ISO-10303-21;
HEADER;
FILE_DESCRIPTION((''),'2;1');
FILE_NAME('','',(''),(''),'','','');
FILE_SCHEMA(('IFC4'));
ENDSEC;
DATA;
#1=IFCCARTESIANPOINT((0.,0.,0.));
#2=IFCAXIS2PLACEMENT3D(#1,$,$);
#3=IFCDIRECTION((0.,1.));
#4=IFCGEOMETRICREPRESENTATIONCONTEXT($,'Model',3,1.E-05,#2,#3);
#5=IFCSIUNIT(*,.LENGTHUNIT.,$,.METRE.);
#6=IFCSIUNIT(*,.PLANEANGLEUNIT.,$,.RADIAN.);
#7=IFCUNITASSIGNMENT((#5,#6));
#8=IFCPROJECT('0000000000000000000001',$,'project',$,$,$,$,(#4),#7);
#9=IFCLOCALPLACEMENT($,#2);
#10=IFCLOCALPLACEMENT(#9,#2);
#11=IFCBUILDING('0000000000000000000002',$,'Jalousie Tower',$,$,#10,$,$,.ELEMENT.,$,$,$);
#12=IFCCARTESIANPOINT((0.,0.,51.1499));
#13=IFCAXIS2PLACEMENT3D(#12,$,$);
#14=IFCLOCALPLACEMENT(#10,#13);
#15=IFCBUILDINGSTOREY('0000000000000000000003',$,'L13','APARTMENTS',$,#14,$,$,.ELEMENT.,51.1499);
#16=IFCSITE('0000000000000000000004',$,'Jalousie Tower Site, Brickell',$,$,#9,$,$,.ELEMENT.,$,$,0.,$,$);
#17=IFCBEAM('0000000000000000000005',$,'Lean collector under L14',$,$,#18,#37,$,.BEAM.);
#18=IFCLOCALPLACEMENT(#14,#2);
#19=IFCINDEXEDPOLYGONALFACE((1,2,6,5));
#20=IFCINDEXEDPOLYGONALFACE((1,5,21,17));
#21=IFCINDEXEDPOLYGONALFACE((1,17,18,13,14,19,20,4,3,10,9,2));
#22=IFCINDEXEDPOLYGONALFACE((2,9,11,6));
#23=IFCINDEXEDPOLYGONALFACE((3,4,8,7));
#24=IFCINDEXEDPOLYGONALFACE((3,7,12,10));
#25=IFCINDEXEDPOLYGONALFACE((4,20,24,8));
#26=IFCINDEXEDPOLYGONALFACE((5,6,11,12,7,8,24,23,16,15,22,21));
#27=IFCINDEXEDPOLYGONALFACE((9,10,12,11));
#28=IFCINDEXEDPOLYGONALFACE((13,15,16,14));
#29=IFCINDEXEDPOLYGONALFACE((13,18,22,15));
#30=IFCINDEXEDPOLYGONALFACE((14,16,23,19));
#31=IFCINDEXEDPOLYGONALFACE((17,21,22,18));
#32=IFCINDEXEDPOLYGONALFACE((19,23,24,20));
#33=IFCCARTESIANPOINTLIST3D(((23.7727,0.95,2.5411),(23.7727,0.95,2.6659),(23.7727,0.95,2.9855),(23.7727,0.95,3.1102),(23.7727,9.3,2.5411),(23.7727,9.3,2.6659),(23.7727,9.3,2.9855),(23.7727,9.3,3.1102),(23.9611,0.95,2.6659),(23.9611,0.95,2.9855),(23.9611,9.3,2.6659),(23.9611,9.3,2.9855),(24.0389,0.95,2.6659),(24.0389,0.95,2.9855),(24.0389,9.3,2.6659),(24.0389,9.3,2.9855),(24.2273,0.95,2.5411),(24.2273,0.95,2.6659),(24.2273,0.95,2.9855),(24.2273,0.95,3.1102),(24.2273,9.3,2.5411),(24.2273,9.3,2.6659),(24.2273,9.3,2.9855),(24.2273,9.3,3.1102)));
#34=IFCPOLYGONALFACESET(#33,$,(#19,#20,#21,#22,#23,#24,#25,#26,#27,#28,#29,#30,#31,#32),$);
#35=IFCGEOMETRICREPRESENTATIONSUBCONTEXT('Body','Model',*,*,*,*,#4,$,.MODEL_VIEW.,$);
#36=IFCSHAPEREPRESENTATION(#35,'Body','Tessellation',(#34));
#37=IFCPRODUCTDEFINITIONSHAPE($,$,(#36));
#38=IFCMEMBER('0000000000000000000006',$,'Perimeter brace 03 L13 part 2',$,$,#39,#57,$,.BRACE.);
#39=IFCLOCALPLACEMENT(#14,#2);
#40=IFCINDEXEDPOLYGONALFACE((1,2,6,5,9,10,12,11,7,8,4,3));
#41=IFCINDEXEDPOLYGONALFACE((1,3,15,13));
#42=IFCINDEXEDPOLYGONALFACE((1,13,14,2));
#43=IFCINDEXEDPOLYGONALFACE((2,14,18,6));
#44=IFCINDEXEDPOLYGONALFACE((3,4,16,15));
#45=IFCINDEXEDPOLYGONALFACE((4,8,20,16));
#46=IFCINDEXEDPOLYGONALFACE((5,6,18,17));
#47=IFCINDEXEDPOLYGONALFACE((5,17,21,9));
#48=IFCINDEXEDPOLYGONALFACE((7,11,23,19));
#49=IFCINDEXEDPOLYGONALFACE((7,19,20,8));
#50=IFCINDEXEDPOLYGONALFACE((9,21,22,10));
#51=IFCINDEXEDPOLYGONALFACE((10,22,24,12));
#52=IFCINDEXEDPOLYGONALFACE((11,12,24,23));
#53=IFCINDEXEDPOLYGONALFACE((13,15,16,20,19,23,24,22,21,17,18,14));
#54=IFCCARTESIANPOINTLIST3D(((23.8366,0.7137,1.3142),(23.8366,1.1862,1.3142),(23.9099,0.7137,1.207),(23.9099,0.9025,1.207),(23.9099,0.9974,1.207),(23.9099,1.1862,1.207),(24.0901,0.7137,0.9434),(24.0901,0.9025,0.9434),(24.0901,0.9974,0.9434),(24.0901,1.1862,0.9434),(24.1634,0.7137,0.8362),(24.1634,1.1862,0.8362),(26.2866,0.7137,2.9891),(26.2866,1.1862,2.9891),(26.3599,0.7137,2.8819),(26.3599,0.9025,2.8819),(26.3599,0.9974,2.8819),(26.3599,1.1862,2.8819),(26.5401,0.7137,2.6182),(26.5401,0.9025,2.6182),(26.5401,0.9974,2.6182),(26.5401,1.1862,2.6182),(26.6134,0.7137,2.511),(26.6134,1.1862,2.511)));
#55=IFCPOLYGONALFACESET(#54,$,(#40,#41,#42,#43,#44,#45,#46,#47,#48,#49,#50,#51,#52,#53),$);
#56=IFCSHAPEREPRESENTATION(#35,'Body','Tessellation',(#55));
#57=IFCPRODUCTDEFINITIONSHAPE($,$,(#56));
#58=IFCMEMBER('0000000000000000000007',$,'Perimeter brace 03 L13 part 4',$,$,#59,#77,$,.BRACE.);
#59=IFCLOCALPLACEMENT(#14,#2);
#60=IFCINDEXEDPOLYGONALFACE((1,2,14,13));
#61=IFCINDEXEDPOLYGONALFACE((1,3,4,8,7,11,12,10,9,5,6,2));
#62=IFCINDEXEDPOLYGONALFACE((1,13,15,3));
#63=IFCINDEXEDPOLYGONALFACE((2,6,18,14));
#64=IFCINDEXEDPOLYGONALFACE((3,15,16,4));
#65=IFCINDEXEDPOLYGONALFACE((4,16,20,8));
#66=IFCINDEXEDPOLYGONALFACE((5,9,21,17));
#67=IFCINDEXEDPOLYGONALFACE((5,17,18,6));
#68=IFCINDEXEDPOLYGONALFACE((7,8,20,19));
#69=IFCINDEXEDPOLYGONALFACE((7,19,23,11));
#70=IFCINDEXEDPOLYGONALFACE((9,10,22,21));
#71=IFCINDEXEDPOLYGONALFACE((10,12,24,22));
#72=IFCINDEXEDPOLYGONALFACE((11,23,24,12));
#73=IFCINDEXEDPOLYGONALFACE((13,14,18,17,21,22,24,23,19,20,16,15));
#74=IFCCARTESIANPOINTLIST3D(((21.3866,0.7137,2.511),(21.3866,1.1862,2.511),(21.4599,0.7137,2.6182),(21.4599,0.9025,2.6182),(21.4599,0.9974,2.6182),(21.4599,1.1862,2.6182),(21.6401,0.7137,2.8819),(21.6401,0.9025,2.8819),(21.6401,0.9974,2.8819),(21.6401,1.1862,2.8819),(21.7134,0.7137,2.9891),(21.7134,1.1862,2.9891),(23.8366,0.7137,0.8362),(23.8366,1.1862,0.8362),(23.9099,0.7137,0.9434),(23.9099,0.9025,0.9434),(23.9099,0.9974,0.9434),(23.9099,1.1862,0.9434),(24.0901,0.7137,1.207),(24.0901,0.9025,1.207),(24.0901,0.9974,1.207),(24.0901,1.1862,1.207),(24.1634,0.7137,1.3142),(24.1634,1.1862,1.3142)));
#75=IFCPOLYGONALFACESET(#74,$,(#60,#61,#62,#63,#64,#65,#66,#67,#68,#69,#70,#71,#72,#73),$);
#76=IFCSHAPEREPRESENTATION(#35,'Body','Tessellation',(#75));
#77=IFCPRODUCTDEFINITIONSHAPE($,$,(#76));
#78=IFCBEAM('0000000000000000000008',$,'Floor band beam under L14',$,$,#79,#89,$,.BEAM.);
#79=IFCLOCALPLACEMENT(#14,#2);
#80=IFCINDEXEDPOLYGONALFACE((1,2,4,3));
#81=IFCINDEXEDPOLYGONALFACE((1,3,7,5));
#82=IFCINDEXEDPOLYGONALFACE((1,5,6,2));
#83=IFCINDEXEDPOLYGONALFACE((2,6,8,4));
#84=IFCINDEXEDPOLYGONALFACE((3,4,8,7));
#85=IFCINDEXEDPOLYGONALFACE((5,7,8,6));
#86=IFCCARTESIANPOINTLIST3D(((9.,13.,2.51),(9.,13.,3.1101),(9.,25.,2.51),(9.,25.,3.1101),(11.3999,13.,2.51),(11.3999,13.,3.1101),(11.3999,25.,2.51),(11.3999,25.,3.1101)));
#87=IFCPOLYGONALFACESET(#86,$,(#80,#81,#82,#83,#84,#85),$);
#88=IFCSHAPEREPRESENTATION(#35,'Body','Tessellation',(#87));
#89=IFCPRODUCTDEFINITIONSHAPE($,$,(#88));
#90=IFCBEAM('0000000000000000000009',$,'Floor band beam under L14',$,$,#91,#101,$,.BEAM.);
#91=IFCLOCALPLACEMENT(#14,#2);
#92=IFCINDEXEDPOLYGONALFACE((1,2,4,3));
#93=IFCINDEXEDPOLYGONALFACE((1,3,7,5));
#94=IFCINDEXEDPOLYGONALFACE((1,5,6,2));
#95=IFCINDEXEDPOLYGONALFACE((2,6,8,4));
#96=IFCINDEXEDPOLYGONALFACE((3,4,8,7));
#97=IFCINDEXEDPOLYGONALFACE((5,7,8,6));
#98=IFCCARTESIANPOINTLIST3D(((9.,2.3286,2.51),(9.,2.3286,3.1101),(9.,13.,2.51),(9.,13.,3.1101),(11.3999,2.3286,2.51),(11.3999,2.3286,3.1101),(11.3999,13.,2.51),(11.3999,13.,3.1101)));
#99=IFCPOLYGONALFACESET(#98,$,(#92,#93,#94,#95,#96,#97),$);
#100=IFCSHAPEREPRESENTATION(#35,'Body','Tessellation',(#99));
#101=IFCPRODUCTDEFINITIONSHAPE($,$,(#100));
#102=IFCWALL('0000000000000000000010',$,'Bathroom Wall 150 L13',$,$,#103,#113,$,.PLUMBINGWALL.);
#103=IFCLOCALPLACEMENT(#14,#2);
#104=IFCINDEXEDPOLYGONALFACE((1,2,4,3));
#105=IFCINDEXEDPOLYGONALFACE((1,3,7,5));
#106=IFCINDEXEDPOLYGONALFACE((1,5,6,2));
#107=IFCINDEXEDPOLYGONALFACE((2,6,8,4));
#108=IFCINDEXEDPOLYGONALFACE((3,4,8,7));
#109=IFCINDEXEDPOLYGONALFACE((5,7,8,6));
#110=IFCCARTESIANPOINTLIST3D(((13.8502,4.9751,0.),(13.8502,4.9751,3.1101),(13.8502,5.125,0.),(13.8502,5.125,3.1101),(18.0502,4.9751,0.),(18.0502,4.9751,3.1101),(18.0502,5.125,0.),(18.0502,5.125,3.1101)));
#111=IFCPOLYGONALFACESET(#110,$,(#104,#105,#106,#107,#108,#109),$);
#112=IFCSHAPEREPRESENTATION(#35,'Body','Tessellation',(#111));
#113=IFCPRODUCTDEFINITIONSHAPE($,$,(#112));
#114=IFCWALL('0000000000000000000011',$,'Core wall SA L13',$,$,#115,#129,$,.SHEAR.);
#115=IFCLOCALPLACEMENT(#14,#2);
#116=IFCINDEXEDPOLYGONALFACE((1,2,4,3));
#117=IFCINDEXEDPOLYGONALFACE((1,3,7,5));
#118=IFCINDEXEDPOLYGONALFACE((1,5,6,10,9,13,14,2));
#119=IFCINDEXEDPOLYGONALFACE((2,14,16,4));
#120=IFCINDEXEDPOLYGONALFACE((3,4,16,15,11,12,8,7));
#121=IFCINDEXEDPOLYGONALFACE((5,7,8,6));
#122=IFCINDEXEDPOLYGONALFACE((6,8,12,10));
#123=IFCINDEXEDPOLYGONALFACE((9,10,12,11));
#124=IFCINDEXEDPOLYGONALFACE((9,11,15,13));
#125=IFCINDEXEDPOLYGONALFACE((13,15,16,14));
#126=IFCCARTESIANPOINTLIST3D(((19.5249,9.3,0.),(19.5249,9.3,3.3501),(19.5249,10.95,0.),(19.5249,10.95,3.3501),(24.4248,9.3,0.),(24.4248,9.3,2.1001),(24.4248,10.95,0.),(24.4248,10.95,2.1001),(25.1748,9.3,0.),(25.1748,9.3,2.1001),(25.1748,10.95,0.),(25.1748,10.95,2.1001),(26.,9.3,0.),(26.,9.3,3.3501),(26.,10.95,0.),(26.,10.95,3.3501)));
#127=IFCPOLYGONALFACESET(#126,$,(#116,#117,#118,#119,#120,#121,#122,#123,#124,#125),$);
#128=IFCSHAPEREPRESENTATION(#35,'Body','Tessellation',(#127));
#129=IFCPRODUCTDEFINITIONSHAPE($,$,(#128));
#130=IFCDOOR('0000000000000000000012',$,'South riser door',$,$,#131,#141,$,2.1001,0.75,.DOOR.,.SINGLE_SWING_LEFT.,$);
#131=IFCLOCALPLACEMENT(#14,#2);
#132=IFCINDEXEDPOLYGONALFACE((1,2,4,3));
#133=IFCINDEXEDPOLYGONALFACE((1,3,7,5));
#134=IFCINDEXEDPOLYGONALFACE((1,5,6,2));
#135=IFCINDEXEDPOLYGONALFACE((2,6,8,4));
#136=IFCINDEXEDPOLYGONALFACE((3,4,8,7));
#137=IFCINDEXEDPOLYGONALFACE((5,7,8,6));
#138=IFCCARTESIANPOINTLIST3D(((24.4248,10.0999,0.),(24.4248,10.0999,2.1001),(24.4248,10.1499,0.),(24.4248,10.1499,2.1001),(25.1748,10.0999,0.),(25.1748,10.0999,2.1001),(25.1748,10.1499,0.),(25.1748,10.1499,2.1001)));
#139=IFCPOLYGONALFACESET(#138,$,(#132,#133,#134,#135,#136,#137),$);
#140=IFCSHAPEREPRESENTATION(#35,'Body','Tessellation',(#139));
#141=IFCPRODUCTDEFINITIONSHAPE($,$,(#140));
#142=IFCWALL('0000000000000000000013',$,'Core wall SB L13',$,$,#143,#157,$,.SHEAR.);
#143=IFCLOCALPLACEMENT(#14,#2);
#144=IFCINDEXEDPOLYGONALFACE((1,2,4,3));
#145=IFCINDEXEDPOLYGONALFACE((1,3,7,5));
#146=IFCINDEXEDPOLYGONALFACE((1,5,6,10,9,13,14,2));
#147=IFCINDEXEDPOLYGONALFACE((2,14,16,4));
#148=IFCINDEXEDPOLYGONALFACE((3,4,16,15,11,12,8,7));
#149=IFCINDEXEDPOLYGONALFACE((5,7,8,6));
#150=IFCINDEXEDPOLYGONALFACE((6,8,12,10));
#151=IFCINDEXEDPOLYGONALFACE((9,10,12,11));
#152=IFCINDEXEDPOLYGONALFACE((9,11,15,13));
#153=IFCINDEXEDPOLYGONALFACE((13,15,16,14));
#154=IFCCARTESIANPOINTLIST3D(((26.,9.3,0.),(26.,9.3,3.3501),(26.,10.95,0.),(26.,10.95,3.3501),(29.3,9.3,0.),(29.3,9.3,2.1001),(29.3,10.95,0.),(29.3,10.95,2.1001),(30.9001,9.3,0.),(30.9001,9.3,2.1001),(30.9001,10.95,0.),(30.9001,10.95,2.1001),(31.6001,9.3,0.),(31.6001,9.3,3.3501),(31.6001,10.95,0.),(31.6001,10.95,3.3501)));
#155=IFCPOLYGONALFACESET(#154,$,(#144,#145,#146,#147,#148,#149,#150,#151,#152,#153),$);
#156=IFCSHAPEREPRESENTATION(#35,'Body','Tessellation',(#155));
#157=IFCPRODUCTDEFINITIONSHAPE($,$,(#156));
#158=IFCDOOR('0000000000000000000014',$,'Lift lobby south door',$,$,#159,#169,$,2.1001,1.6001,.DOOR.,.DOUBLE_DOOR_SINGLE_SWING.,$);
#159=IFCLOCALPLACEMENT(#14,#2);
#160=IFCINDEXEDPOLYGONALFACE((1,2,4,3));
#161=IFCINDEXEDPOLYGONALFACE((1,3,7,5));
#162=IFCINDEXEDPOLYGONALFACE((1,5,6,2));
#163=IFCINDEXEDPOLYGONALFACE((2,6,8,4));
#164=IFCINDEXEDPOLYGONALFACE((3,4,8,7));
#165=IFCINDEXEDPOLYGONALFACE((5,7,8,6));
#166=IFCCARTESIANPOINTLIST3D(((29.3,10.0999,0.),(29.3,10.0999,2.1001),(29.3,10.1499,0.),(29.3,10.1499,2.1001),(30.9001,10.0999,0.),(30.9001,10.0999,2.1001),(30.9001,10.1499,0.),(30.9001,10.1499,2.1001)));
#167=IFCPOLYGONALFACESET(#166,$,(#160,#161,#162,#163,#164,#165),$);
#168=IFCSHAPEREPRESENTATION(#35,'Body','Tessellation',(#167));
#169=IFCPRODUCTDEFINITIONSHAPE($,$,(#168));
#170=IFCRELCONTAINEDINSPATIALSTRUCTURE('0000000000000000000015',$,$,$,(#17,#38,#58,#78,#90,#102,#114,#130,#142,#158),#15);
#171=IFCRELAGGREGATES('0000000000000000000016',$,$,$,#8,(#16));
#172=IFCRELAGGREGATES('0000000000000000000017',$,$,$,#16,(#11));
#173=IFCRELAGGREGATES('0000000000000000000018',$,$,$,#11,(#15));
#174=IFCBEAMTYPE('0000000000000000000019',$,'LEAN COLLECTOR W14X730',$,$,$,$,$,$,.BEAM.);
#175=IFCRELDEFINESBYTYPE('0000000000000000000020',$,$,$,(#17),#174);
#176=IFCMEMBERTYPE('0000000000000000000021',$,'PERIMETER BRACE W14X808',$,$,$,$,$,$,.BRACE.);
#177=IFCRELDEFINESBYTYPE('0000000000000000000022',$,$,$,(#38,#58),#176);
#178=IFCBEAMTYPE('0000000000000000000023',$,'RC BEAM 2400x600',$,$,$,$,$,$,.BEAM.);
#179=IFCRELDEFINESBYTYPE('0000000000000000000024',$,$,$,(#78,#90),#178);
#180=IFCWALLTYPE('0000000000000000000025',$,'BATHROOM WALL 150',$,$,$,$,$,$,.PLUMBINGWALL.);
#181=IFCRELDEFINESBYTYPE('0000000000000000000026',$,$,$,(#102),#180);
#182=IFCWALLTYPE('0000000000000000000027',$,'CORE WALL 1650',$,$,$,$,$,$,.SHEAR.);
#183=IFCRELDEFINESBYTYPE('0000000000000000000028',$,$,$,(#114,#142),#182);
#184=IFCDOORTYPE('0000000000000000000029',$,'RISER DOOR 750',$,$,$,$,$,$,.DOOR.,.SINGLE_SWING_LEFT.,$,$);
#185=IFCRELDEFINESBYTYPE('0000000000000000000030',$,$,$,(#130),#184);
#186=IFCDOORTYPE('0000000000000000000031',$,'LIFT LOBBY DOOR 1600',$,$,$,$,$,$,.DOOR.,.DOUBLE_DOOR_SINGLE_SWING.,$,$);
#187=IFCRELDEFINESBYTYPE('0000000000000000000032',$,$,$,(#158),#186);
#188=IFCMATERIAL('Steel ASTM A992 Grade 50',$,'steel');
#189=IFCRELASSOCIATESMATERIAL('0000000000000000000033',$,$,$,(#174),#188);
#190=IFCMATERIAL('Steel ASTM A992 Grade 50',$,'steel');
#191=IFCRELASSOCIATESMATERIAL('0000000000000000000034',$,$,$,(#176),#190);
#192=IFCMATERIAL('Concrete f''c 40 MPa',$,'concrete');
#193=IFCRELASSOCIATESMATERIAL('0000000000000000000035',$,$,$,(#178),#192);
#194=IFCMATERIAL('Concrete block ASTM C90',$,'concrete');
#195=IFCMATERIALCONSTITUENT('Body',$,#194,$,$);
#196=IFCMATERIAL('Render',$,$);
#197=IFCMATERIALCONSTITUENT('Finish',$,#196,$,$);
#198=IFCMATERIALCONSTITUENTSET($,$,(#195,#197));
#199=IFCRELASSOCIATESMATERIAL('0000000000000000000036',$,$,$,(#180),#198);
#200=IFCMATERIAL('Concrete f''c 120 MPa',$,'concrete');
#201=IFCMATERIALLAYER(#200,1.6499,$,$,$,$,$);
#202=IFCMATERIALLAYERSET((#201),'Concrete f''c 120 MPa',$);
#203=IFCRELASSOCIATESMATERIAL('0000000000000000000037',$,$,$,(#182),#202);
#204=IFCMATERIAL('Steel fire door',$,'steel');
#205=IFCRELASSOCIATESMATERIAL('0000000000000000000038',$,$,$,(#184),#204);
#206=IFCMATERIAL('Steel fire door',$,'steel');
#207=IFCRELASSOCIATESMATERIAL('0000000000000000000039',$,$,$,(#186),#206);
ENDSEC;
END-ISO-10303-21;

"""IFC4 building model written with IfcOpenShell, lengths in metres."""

from ifc_helpers import new_model, si_unit, direction, frame, frame_2d, origin, origin_2d, place, context, subcontext, project, spatial, rectangle, i_section, extrude, material, layer, layer_set, constituent, constituent_set, material_profile, profile_set, type_object, element, fill, save


model = new_model("IFC4")

# Units and contexts
model_context = context("Model", 3, precision=1e-05, world=origin(), true_north=direction((0.0, 1.0)))
body_context = subcontext(model_context, "Body", "Model", "MODEL_VIEW")
ifc_project = project(units=[si_unit("LENGTHUNIT", "METRE"), si_unit("PLANEANGLEUNIT", "RADIAN")], contexts=[model_context])

# Site, building, storey
site_placement = place(None, origin())
site = spatial("IfcSite", under=ifc_project, at=site_placement, Name="Jalousie Tower Site, Brickell", CompositionType="ELEMENT", RefElevation=0.0)
building_placement = place(site_placement, origin())
building = spatial("IfcBuilding", under=site, at=building_placement, Name="Jalousie Tower", CompositionType="ELEMENT")
storey_placement = place(building_placement, frame((0.0, 0.0, 51.1499)))
storey = spatial("IfcBuildingStorey", under=building, at=storey_placement, Name="L13", Description="APARTMENTS", CompositionType="ELEMENT", Elevation=51.1499)

# Beam
ifc_material_1 = material(Name="Steel ASTM A992 Grade 50", Category="steel")
ifc_material_profile_1 = material_profile(ifc_material_1, i_section(OverallWidth=0.4546, OverallDepth=0.5691, WebThickness=0.0779, FlangeThickness=0.1248, at=origin_2d()), Name="W14X730")
ifc_profile_set_1 = profile_set([ifc_material_profile_1], Name="Steel ASTM A992 Grade 50")
beam_type_1 = type_object("IfcBeamType", Name="LEAN COLLECTOR W14X730", PredefinedType="BEAM", material=ifc_profile_set_1)
beam_1_placement = place(storey_placement, frame((24.0, 0.95, 2.8257), z_axis=(0.0, 1.0, 0.0), x_axis=(-1.0, 0.0, 0.0)))
element("IfcBeam", 1, at=beam_1_placement, inside=storey, type_object=beam_type_1, Name="Lean collector under L14", PredefinedType="BEAM", context=body_context, shape_type="SweptSolid", body=[
    extrude(i_section(OverallWidth=0.4546, OverallDepth=0.5691, WebThickness=0.0779, FlangeThickness=0.1248, at=origin_2d()), origin(), (0.0, 0.0, 1.0), 8.3501),
])

# Members
ifc_material_2 = material(Name="Steel ASTM A992 Grade 50", Category="steel")
ifc_material_profile_2 = material_profile(ifc_material_2, i_section(OverallWidth=0.4724, OverallDepth=0.5791, WebThickness=0.095, FlangeThickness=0.1299, at=origin_2d()), Name="W14X808")
ifc_profile_set_2 = profile_set([ifc_material_profile_2], Name="Steel ASTM A992 Grade 50")
member_type = type_object("IfcMemberType", Name="PERIMETER BRACE W14X808", PredefinedType="BRACE", material=ifc_profile_set_2)
for number, where, z_axis, x_axis, name in (
    (2, (24.0, 0.95, 1.0752), (0.825539, 0.0, 0.564345), (0.0, 1.0, 0.0), "Perimeter brace 03 L13 part 2"),
    (3, (24.0, 0.95, 1.0752), (-0.825539, 0.0, 0.564345), (0.0, -1.0, 0.0), "Perimeter brace 03 L13 part 4"),
):
    element("IfcMember", number, at=place(storey_placement, frame(where, z_axis=z_axis, x_axis=x_axis)), inside=storey, type_object=member_type, Name=name, PredefinedType="BRACE", context=body_context, shape_type="SweptSolid", body=[
        extrude(i_section(OverallWidth=0.4724, OverallDepth=0.5791, WebThickness=0.095, FlangeThickness=0.1299, at=origin_2d()), origin(), (0.0, 0.0, 1.0), 2.9678),
    ])

# Beams
ifc_material_3 = material(Name="Concrete f'c 40 MPa", Category="concrete")
ifc_material_profile_3 = material_profile(ifc_material_3, rectangle(XDim=2.3999, YDim=0.6001, at=origin_2d()), Name="RC 2400x600")
ifc_profile_set_3 = profile_set([ifc_material_profile_3], Name="Concrete f'c 40 MPa")
beam_type_2 = type_object("IfcBeamType", Name="RC BEAM 2400x600", PredefinedType="BEAM", material=ifc_profile_set_3)
beam_2_placement = place(storey_placement, frame((10.2, 13.0, 2.8101), z_axis=(0.0, 1.0, 0.0), x_axis=(-1.0, 0.0, 0.0)))
element("IfcBeam", 4, at=beam_2_placement, inside=storey, type_object=beam_type_2, Name="Floor band beam under L14", PredefinedType="BEAM", context=body_context, shape_type="SweptSolid", body=[
    extrude(rectangle(XDim=2.3999, YDim=0.6001, at=origin_2d()), origin(), (0.0, 0.0, 1.0), 12.0),
])
beam_3_placement = place(storey_placement, frame((10.2, 13.0, 2.8101), z_axis=(0.0, -1.0, 0.0), x_axis=(1.0, 0.0, 0.0)))
element("IfcBeam", 5, at=beam_3_placement, inside=storey, type_object=beam_type_2, Name="Floor band beam under L14", PredefinedType="BEAM", context=body_context, shape_type="SweptSolid", body=[
    extrude(rectangle(XDim=2.3999, YDim=0.6001, at=origin_2d()), origin(), (0.0, 0.0, 1.0), 10.6714),
])

# Wall
ifc_material_4 = material(Name="Concrete block ASTM C90", Category="concrete")
ifc_constituent_1 = constituent(ifc_material_4, Name="Body")
ifc_material_5 = material(Name="Render")
ifc_constituent_2 = constituent(ifc_material_5, Name="Finish")
ifc_constituent_set_1 = constituent_set(constituents=[ifc_constituent_1, ifc_constituent_2])
wall_type_1 = type_object("IfcWallType", Name="BATHROOM WALL 150", PredefinedType="PLUMBINGWALL", material=ifc_constituent_set_1)
wall_1_placement = place(storey_placement, frame((13.8501, 5.05, 0.0), z_axis=(0.0, 0.0, 1.0), x_axis=(1.0, 0.0, 0.0)))
element("IfcWall", 6, at=wall_1_placement, inside=storey, type_object=wall_type_1, Name="Bathroom Wall 150 L13", PredefinedType="PLUMBINGWALL", context=body_context, shape_type="SweptSolid", body=[
    extrude(rectangle(XDim=4.2, YDim=0.1499, at=frame_2d((2.1001, 0.0))), origin(), (0.0, 0.0, 1.0), 3.1101),
])

# Walls, openings, doors
ifc_material_6 = material(Name="Concrete f'c 120 MPa", Category="concrete")
ifc_layer_1 = layer(ifc_material_6, 1.6499)
ifc_layer_set_1 = layer_set([ifc_layer_1], Name="Concrete f'c 120 MPa")
wall_type_2 = type_object("IfcWallType", Name="CORE WALL 1650", PredefinedType="SHEAR", material=ifc_layer_set_1)
wall_2_placement = place(storey_placement, frame((19.5249, 10.125, 0.0), z_axis=(0.0, 0.0, 1.0), x_axis=(1.0, 0.0, 0.0)))
wall_2 = element("IfcWall", 7, at=wall_2_placement, inside=storey, type_object=wall_type_2, Name="Core wall SA L13", PredefinedType="SHEAR", context=body_context, shape_type="SweptSolid", body=[
    extrude(rectangle(XDim=6.4751, YDim=1.6499, at=frame_2d((3.2375, 0.0))), origin(), (0.0, 0.0, 1.0), 3.3501),
])
opening_1_placement = place(wall_2_placement, frame((4.8999, 0.0, 0.0)))
opening_1 = element("IfcOpeningElement", 8, at=opening_1_placement, cuts=wall_2, PredefinedType="OPENING", context=body_context, shape_type="SweptSolid", body=[
    extrude(rectangle(XDim=0.75, YDim=2.1001, at=frame_2d((0.375, 1.05))), frame((0.0, 0.835, 0.0), z_axis=(0.0, -1.0, 0.0), x_axis=(1.0, 0.0, 0.0)), (0.0, 0.0, 1.0), 1.6699),
])
ifc_material_7 = material(Name="Steel fire door", Category="steel")
door_type_1 = type_object("IfcDoorType", Name="RISER DOOR 750", OperationType="SINGLE_SWING_LEFT", PredefinedType="DOOR", material=ifc_material_7)
door_1_placement = place(opening_1_placement, origin())
door_1 = element("IfcDoor", 9, at=door_1_placement, inside=storey, type_object=door_type_1, Name="South riser door", OperationType="SINGLE_SWING_LEFT", OverallHeight=2.1001, OverallWidth=0.75, PredefinedType="DOOR", context=body_context, shape_type="SweptSolid", body=[
    extrude(rectangle(XDim=0.75, YDim=2.1001, at=frame_2d((0.375, 1.05))), frame((0.0, 0.0249, 0.0), z_axis=(0.0, -1.0, 0.0), x_axis=(1.0, 0.0, 0.0)), (0.0, 0.0, 1.0), 0.05),
])
fill(opening_1, door_1)
wall_3_placement = place(storey_placement, frame((26.0, 10.125, 0.0), z_axis=(0.0, 0.0, 1.0), x_axis=(1.0, 0.0, 0.0)))
wall_3 = element("IfcWall", 10, at=wall_3_placement, inside=storey, type_object=wall_type_2, Name="Core wall SB L13", PredefinedType="SHEAR", context=body_context, shape_type="SweptSolid", body=[
    extrude(rectangle(XDim=5.6001, YDim=1.6499, at=frame_2d((2.8, 0.0))), origin(), (0.0, 0.0, 1.0), 3.3501),
])
opening_2_placement = place(wall_3_placement, frame((3.3, 0.0, 0.0)))
opening_2 = element("IfcOpeningElement", 11, at=opening_2_placement, cuts=wall_3, PredefinedType="OPENING", context=body_context, shape_type="SweptSolid", body=[
    extrude(rectangle(XDim=1.6001, YDim=2.1001, at=frame_2d((0.8, 1.05))), frame((0.0, 0.835, 0.0), z_axis=(0.0, -1.0, 0.0), x_axis=(1.0, 0.0, 0.0)), (0.0, 0.0, 1.0), 1.6699),
])
ifc_material_8 = material(Name="Steel fire door", Category="steel")
door_type_2 = type_object("IfcDoorType", Name="LIFT LOBBY DOOR 1600", OperationType="DOUBLE_DOOR_SINGLE_SWING", PredefinedType="DOOR", material=ifc_material_8)
door_2_placement = place(opening_2_placement, origin())
door_2 = element("IfcDoor", 12, at=door_2_placement, inside=storey, type_object=door_type_2, Name="Lift lobby south door", OperationType="DOUBLE_DOOR_SINGLE_SWING", OverallHeight=2.1001, OverallWidth=1.6001, PredefinedType="DOOR", context=body_context, shape_type="SweptSolid", body=[
    extrude(rectangle(XDim=1.6001, YDim=2.1001, at=frame_2d((0.8, 1.05))), frame((0.0, 0.0249, 0.0), z_axis=(0.0, -1.0, 0.0), x_axis=(1.0, 0.0, 0.0)), (0.0, 0.0, 1.0), 0.05),
])
fill(opening_2, door_2)

save(model, "model.ifc")
